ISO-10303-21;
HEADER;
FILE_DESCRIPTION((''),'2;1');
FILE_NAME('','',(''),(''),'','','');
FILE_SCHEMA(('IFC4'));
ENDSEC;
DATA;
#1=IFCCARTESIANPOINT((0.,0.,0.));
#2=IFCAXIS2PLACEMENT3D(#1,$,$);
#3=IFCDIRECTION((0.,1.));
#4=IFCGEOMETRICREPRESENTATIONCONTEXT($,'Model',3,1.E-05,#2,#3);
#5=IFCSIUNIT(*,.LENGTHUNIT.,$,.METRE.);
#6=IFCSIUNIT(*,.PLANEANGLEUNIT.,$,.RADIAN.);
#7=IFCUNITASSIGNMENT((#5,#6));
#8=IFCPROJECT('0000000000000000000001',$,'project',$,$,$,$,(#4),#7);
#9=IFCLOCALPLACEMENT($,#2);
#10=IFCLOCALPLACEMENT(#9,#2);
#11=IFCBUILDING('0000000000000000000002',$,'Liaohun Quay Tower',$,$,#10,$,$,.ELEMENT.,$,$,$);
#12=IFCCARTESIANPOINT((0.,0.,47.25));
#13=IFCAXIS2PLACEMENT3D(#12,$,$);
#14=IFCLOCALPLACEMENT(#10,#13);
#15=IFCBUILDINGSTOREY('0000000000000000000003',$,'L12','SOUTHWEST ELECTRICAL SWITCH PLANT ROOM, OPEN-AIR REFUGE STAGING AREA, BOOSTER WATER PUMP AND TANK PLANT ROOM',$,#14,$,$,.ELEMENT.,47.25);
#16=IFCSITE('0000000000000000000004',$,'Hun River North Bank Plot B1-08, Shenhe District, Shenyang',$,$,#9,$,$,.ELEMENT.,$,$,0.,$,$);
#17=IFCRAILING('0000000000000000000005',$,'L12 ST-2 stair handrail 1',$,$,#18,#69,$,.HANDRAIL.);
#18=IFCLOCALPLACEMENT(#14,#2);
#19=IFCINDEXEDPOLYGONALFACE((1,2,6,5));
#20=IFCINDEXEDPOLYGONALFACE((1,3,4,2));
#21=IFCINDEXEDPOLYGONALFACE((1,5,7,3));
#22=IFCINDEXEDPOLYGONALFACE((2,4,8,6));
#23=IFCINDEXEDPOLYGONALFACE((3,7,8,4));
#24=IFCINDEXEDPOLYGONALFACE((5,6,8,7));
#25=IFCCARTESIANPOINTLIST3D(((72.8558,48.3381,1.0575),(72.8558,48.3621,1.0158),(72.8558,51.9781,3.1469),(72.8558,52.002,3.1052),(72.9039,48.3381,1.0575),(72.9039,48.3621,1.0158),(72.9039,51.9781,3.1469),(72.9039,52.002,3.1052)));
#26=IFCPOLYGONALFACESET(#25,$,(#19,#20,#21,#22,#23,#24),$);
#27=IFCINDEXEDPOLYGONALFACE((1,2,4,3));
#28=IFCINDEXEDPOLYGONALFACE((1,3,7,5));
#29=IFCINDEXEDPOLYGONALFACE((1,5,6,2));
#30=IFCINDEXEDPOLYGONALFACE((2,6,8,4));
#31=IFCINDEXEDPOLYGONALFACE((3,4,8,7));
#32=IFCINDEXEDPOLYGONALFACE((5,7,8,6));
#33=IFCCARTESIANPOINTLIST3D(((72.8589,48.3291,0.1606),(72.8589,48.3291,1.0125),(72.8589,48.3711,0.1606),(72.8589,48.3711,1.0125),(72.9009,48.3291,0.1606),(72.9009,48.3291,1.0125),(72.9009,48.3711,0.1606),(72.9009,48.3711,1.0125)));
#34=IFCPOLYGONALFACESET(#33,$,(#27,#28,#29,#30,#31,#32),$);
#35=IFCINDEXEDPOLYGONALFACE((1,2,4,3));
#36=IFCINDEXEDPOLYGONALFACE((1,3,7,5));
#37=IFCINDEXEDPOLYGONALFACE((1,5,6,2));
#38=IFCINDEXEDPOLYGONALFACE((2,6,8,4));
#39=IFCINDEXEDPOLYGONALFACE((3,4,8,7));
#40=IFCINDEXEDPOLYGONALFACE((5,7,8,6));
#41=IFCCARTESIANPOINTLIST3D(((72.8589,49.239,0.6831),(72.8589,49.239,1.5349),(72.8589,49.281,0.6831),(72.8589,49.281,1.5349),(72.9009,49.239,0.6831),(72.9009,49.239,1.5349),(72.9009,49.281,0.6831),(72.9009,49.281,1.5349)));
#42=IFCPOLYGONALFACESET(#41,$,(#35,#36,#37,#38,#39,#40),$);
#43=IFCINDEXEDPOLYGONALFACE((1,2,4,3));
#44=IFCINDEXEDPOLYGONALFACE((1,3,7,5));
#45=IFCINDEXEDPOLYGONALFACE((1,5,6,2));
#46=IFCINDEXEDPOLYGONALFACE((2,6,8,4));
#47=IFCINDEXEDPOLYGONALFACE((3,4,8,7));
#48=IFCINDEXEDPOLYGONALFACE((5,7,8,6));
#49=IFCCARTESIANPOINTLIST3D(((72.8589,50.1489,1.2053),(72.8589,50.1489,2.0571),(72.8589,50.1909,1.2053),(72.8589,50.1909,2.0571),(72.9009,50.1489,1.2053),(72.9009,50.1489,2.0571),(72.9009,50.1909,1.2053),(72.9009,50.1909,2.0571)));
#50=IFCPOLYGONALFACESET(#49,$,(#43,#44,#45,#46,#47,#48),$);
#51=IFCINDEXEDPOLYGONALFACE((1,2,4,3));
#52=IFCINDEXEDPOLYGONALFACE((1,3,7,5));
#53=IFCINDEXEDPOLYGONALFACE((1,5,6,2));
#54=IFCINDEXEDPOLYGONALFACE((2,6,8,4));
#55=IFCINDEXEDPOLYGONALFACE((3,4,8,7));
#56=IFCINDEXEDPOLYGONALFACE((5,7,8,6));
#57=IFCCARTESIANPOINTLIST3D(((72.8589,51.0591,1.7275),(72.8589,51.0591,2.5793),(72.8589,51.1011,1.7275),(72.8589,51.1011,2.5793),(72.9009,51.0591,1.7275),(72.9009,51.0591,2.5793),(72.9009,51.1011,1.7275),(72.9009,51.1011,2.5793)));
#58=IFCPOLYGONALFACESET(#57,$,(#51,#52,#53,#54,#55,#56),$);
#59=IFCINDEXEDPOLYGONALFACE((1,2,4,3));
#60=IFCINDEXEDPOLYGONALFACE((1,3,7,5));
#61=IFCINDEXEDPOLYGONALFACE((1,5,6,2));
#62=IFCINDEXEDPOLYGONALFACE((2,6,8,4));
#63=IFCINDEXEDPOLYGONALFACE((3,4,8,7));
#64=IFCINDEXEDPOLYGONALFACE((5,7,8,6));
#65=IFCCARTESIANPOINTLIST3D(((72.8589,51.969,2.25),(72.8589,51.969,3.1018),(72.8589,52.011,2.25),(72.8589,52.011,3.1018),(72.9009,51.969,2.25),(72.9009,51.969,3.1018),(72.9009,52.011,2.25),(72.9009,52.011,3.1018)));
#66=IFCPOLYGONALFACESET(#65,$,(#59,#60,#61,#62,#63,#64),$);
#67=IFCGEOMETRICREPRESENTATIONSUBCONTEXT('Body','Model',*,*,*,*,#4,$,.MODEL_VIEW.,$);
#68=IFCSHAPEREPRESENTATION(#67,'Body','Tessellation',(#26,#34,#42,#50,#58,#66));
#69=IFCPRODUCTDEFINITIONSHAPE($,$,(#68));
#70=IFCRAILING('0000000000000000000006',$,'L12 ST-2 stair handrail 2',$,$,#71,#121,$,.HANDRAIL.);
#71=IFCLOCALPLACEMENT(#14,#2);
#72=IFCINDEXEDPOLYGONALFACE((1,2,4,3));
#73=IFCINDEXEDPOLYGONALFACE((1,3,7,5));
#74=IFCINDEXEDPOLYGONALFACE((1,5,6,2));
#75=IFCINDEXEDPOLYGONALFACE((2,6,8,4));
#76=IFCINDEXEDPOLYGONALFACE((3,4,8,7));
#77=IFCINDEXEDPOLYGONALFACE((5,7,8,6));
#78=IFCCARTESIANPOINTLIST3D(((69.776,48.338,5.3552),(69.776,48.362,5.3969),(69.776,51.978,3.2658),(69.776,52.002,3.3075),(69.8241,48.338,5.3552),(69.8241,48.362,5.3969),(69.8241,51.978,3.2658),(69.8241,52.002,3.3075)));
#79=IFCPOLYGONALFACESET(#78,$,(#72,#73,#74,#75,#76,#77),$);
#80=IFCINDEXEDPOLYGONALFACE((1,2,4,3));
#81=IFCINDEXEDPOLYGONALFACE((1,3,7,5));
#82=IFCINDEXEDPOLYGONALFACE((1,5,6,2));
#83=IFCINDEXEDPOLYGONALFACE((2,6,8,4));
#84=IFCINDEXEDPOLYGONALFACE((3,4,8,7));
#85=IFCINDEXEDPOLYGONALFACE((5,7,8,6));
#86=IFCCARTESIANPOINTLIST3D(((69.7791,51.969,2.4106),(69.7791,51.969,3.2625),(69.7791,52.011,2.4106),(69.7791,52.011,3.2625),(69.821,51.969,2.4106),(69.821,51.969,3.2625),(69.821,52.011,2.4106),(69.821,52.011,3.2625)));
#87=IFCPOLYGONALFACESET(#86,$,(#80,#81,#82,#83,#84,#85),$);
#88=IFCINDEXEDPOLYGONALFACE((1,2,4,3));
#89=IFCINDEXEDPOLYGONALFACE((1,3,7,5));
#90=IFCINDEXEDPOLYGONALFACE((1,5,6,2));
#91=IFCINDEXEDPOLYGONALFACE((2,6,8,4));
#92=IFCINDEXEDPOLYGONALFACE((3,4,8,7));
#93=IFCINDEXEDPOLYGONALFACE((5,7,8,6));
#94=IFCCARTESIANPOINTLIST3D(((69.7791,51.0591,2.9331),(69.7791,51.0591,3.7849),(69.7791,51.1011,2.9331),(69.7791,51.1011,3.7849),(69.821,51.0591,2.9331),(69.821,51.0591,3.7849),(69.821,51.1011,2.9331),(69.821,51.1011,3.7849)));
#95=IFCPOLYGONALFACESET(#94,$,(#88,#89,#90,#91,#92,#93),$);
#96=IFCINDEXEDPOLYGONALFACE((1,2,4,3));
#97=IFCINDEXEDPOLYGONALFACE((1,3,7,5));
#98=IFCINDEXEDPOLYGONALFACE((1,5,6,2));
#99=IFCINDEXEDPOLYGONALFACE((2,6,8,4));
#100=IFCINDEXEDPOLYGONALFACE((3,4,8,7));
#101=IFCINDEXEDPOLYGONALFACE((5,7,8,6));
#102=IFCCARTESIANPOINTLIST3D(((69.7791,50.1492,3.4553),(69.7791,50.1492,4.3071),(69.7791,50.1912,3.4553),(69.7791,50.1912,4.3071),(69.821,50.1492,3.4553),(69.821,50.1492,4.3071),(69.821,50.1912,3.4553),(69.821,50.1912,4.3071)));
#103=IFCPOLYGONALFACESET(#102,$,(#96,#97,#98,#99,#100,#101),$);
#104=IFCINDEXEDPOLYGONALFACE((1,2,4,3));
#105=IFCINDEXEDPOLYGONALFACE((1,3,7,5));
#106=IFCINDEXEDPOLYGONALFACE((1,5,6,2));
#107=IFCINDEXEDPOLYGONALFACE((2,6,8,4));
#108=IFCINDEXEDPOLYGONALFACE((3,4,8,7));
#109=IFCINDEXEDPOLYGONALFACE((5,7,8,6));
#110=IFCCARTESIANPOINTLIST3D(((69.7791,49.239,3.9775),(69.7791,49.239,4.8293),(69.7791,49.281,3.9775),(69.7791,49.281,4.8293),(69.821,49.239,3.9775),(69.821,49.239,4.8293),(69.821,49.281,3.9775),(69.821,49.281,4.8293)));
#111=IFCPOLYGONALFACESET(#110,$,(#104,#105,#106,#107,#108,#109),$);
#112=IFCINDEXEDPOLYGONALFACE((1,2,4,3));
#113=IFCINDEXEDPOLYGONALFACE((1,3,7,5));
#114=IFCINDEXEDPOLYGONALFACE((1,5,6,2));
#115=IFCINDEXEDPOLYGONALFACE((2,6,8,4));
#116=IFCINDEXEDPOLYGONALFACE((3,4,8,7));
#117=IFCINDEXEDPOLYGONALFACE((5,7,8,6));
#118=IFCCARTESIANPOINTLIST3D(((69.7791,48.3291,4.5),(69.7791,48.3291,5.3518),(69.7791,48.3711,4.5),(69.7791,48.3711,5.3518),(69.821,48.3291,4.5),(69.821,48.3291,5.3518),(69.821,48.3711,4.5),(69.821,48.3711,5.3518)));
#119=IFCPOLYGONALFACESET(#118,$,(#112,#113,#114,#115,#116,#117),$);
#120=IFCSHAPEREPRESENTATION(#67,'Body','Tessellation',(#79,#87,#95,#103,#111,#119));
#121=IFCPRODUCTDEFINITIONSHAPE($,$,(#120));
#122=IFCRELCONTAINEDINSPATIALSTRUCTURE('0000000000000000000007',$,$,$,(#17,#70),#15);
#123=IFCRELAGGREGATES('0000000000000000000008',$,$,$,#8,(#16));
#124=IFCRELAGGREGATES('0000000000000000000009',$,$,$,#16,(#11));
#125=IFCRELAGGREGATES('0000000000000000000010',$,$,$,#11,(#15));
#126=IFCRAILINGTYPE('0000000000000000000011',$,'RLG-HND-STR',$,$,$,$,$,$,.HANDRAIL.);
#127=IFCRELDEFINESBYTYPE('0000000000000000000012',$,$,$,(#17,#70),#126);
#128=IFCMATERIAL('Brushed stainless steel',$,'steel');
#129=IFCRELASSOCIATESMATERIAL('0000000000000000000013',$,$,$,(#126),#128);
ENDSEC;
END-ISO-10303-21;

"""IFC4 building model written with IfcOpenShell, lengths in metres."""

from ifc_helpers import new_model, si_unit, direction, frame, origin, origin_2d, place, context, subcontext, project, spatial, rectangle, extrude, material, type_object, element, save


model = new_model("IFC4")

# Units and contexts
model_context = context("Model", 3, precision=1e-05, world=origin(), true_north=direction((0.0, 1.0)))
body_context = subcontext(model_context, "Body", "Model", "MODEL_VIEW")
ifc_project = project(units=[si_unit("LENGTHUNIT", "METRE"), si_unit("PLANEANGLEUNIT", "RADIAN")], contexts=[model_context])

# Site, building, storey
site_placement = place(None, origin())
site = spatial("IfcSite", under=ifc_project, at=site_placement, Name="Hun River North Bank Plot B1-08, Shenhe District, Shenyang", CompositionType="ELEMENT", RefElevation=0.0)
building_placement = place(site_placement, origin())
building = spatial("IfcBuilding", under=site, at=building_placement, Name="Liaohun Quay Tower", CompositionType="ELEMENT")
storey_placement = place(building_placement, frame((0.0, 0.0, 47.25)))
storey = spatial("IfcBuildingStorey", under=building, at=storey_placement, Name="L12", Description="SOUTHWEST ELECTRICAL SWITCH PLANT ROOM, OPEN-AIR REFUGE STAGING AREA, BOOSTER WATER PUMP AND TANK PLANT ROOM", CompositionType="ELEMENT", Elevation=47.25)

# Railings
ifc_material_1 = material(Name="Brushed stainless steel", Category="steel")
railing_type_1 = type_object("IfcRailingType", Name="RLG-HND-STR", PredefinedType="HANDRAIL", material=ifc_material_1)
railing_1_placement = place(storey_placement, frame((72.8799, 48.3501, 0.1606)))
element("IfcRailing", 1, at=railing_1_placement, inside=storey, type_object=railing_type_1, Name="L12 ST-2 stair handrail 1", PredefinedType="HANDRAIL", context=body_context, shape_type="SweptSolid", body=[
    extrude(rectangle(XDim=0.0481, YDim=0.0481, at=origin_2d()), frame((0.0, 0.0, 0.876), z_axis=(0.0, 0.867275, 0.497829), x_axis=(-1.0, 0.0, 0.0)), (0.0, 0.0, 1.0), 4.197),
    extrude(rectangle(XDim=0.042, YDim=0.042, at=origin_2d()), origin(), (0.0, 0.0, 1.0), 0.8518),
    extrude(rectangle(XDim=0.042, YDim=0.042, at=origin_2d()), frame((0.0, 0.9099, 0.5225)), (0.0, 0.0, 1.0), 0.8518),
    extrude(rectangle(XDim=0.042, YDim=0.042, at=origin_2d()), frame((0.0, 1.8198, 1.0447)), (0.0, 0.0, 1.0), 0.8518),
    extrude(rectangle(XDim=0.042, YDim=0.042, at=origin_2d()), frame((0.0, 2.73, 1.5669)), (0.0, 0.0, 1.0), 0.8518),
    extrude(rectangle(XDim=0.042, YDim=0.042, at=origin_2d()), frame((0.0, 3.6399, 2.0894)), (0.0, 0.0, 1.0), 0.8518),
])
railing_2_placement = place(storey_placement, frame((69.8, 51.99, 2.4106)))
element("IfcRailing", 2, at=railing_2_placement, inside=storey, type_object=railing_type_1, Name="L12 ST-2 stair handrail 2", PredefinedType="HANDRAIL", context=body_context, shape_type="SweptSolid", body=[
    extrude(rectangle(XDim=0.0481, YDim=0.0481, at=origin_2d()), frame((0.0, 0.0, 0.876), z_axis=(0.0, -0.867275, 0.497829), x_axis=(1.0, 0.0, 0.0)), (0.0, 0.0, 1.0), 4.197),
    extrude(rectangle(XDim=0.042, YDim=0.042, at=origin_2d()), origin(), (0.0, 0.0, 1.0), 0.8518),
    extrude(rectangle(XDim=0.042, YDim=0.042, at=origin_2d()), frame((0.0, -0.9099, 0.5225)), (0.0, 0.0, 1.0), 0.8518),
    extrude(rectangle(XDim=0.042, YDim=0.042, at=origin_2d()), frame((0.0, -1.8198, 1.0447)), (0.0, 0.0, 1.0), 0.8518),
    extrude(rectangle(XDim=0.042, YDim=0.042, at=origin_2d()), frame((0.0, -2.73, 1.5669)), (0.0, 0.0, 1.0), 0.8518),
    extrude(rectangle(XDim=0.042, YDim=0.042, at=origin_2d()), frame((0.0, -3.6399, 2.0894)), (0.0, 0.0, 1.0), 0.8518),
])

save(model, "model.ifc")
